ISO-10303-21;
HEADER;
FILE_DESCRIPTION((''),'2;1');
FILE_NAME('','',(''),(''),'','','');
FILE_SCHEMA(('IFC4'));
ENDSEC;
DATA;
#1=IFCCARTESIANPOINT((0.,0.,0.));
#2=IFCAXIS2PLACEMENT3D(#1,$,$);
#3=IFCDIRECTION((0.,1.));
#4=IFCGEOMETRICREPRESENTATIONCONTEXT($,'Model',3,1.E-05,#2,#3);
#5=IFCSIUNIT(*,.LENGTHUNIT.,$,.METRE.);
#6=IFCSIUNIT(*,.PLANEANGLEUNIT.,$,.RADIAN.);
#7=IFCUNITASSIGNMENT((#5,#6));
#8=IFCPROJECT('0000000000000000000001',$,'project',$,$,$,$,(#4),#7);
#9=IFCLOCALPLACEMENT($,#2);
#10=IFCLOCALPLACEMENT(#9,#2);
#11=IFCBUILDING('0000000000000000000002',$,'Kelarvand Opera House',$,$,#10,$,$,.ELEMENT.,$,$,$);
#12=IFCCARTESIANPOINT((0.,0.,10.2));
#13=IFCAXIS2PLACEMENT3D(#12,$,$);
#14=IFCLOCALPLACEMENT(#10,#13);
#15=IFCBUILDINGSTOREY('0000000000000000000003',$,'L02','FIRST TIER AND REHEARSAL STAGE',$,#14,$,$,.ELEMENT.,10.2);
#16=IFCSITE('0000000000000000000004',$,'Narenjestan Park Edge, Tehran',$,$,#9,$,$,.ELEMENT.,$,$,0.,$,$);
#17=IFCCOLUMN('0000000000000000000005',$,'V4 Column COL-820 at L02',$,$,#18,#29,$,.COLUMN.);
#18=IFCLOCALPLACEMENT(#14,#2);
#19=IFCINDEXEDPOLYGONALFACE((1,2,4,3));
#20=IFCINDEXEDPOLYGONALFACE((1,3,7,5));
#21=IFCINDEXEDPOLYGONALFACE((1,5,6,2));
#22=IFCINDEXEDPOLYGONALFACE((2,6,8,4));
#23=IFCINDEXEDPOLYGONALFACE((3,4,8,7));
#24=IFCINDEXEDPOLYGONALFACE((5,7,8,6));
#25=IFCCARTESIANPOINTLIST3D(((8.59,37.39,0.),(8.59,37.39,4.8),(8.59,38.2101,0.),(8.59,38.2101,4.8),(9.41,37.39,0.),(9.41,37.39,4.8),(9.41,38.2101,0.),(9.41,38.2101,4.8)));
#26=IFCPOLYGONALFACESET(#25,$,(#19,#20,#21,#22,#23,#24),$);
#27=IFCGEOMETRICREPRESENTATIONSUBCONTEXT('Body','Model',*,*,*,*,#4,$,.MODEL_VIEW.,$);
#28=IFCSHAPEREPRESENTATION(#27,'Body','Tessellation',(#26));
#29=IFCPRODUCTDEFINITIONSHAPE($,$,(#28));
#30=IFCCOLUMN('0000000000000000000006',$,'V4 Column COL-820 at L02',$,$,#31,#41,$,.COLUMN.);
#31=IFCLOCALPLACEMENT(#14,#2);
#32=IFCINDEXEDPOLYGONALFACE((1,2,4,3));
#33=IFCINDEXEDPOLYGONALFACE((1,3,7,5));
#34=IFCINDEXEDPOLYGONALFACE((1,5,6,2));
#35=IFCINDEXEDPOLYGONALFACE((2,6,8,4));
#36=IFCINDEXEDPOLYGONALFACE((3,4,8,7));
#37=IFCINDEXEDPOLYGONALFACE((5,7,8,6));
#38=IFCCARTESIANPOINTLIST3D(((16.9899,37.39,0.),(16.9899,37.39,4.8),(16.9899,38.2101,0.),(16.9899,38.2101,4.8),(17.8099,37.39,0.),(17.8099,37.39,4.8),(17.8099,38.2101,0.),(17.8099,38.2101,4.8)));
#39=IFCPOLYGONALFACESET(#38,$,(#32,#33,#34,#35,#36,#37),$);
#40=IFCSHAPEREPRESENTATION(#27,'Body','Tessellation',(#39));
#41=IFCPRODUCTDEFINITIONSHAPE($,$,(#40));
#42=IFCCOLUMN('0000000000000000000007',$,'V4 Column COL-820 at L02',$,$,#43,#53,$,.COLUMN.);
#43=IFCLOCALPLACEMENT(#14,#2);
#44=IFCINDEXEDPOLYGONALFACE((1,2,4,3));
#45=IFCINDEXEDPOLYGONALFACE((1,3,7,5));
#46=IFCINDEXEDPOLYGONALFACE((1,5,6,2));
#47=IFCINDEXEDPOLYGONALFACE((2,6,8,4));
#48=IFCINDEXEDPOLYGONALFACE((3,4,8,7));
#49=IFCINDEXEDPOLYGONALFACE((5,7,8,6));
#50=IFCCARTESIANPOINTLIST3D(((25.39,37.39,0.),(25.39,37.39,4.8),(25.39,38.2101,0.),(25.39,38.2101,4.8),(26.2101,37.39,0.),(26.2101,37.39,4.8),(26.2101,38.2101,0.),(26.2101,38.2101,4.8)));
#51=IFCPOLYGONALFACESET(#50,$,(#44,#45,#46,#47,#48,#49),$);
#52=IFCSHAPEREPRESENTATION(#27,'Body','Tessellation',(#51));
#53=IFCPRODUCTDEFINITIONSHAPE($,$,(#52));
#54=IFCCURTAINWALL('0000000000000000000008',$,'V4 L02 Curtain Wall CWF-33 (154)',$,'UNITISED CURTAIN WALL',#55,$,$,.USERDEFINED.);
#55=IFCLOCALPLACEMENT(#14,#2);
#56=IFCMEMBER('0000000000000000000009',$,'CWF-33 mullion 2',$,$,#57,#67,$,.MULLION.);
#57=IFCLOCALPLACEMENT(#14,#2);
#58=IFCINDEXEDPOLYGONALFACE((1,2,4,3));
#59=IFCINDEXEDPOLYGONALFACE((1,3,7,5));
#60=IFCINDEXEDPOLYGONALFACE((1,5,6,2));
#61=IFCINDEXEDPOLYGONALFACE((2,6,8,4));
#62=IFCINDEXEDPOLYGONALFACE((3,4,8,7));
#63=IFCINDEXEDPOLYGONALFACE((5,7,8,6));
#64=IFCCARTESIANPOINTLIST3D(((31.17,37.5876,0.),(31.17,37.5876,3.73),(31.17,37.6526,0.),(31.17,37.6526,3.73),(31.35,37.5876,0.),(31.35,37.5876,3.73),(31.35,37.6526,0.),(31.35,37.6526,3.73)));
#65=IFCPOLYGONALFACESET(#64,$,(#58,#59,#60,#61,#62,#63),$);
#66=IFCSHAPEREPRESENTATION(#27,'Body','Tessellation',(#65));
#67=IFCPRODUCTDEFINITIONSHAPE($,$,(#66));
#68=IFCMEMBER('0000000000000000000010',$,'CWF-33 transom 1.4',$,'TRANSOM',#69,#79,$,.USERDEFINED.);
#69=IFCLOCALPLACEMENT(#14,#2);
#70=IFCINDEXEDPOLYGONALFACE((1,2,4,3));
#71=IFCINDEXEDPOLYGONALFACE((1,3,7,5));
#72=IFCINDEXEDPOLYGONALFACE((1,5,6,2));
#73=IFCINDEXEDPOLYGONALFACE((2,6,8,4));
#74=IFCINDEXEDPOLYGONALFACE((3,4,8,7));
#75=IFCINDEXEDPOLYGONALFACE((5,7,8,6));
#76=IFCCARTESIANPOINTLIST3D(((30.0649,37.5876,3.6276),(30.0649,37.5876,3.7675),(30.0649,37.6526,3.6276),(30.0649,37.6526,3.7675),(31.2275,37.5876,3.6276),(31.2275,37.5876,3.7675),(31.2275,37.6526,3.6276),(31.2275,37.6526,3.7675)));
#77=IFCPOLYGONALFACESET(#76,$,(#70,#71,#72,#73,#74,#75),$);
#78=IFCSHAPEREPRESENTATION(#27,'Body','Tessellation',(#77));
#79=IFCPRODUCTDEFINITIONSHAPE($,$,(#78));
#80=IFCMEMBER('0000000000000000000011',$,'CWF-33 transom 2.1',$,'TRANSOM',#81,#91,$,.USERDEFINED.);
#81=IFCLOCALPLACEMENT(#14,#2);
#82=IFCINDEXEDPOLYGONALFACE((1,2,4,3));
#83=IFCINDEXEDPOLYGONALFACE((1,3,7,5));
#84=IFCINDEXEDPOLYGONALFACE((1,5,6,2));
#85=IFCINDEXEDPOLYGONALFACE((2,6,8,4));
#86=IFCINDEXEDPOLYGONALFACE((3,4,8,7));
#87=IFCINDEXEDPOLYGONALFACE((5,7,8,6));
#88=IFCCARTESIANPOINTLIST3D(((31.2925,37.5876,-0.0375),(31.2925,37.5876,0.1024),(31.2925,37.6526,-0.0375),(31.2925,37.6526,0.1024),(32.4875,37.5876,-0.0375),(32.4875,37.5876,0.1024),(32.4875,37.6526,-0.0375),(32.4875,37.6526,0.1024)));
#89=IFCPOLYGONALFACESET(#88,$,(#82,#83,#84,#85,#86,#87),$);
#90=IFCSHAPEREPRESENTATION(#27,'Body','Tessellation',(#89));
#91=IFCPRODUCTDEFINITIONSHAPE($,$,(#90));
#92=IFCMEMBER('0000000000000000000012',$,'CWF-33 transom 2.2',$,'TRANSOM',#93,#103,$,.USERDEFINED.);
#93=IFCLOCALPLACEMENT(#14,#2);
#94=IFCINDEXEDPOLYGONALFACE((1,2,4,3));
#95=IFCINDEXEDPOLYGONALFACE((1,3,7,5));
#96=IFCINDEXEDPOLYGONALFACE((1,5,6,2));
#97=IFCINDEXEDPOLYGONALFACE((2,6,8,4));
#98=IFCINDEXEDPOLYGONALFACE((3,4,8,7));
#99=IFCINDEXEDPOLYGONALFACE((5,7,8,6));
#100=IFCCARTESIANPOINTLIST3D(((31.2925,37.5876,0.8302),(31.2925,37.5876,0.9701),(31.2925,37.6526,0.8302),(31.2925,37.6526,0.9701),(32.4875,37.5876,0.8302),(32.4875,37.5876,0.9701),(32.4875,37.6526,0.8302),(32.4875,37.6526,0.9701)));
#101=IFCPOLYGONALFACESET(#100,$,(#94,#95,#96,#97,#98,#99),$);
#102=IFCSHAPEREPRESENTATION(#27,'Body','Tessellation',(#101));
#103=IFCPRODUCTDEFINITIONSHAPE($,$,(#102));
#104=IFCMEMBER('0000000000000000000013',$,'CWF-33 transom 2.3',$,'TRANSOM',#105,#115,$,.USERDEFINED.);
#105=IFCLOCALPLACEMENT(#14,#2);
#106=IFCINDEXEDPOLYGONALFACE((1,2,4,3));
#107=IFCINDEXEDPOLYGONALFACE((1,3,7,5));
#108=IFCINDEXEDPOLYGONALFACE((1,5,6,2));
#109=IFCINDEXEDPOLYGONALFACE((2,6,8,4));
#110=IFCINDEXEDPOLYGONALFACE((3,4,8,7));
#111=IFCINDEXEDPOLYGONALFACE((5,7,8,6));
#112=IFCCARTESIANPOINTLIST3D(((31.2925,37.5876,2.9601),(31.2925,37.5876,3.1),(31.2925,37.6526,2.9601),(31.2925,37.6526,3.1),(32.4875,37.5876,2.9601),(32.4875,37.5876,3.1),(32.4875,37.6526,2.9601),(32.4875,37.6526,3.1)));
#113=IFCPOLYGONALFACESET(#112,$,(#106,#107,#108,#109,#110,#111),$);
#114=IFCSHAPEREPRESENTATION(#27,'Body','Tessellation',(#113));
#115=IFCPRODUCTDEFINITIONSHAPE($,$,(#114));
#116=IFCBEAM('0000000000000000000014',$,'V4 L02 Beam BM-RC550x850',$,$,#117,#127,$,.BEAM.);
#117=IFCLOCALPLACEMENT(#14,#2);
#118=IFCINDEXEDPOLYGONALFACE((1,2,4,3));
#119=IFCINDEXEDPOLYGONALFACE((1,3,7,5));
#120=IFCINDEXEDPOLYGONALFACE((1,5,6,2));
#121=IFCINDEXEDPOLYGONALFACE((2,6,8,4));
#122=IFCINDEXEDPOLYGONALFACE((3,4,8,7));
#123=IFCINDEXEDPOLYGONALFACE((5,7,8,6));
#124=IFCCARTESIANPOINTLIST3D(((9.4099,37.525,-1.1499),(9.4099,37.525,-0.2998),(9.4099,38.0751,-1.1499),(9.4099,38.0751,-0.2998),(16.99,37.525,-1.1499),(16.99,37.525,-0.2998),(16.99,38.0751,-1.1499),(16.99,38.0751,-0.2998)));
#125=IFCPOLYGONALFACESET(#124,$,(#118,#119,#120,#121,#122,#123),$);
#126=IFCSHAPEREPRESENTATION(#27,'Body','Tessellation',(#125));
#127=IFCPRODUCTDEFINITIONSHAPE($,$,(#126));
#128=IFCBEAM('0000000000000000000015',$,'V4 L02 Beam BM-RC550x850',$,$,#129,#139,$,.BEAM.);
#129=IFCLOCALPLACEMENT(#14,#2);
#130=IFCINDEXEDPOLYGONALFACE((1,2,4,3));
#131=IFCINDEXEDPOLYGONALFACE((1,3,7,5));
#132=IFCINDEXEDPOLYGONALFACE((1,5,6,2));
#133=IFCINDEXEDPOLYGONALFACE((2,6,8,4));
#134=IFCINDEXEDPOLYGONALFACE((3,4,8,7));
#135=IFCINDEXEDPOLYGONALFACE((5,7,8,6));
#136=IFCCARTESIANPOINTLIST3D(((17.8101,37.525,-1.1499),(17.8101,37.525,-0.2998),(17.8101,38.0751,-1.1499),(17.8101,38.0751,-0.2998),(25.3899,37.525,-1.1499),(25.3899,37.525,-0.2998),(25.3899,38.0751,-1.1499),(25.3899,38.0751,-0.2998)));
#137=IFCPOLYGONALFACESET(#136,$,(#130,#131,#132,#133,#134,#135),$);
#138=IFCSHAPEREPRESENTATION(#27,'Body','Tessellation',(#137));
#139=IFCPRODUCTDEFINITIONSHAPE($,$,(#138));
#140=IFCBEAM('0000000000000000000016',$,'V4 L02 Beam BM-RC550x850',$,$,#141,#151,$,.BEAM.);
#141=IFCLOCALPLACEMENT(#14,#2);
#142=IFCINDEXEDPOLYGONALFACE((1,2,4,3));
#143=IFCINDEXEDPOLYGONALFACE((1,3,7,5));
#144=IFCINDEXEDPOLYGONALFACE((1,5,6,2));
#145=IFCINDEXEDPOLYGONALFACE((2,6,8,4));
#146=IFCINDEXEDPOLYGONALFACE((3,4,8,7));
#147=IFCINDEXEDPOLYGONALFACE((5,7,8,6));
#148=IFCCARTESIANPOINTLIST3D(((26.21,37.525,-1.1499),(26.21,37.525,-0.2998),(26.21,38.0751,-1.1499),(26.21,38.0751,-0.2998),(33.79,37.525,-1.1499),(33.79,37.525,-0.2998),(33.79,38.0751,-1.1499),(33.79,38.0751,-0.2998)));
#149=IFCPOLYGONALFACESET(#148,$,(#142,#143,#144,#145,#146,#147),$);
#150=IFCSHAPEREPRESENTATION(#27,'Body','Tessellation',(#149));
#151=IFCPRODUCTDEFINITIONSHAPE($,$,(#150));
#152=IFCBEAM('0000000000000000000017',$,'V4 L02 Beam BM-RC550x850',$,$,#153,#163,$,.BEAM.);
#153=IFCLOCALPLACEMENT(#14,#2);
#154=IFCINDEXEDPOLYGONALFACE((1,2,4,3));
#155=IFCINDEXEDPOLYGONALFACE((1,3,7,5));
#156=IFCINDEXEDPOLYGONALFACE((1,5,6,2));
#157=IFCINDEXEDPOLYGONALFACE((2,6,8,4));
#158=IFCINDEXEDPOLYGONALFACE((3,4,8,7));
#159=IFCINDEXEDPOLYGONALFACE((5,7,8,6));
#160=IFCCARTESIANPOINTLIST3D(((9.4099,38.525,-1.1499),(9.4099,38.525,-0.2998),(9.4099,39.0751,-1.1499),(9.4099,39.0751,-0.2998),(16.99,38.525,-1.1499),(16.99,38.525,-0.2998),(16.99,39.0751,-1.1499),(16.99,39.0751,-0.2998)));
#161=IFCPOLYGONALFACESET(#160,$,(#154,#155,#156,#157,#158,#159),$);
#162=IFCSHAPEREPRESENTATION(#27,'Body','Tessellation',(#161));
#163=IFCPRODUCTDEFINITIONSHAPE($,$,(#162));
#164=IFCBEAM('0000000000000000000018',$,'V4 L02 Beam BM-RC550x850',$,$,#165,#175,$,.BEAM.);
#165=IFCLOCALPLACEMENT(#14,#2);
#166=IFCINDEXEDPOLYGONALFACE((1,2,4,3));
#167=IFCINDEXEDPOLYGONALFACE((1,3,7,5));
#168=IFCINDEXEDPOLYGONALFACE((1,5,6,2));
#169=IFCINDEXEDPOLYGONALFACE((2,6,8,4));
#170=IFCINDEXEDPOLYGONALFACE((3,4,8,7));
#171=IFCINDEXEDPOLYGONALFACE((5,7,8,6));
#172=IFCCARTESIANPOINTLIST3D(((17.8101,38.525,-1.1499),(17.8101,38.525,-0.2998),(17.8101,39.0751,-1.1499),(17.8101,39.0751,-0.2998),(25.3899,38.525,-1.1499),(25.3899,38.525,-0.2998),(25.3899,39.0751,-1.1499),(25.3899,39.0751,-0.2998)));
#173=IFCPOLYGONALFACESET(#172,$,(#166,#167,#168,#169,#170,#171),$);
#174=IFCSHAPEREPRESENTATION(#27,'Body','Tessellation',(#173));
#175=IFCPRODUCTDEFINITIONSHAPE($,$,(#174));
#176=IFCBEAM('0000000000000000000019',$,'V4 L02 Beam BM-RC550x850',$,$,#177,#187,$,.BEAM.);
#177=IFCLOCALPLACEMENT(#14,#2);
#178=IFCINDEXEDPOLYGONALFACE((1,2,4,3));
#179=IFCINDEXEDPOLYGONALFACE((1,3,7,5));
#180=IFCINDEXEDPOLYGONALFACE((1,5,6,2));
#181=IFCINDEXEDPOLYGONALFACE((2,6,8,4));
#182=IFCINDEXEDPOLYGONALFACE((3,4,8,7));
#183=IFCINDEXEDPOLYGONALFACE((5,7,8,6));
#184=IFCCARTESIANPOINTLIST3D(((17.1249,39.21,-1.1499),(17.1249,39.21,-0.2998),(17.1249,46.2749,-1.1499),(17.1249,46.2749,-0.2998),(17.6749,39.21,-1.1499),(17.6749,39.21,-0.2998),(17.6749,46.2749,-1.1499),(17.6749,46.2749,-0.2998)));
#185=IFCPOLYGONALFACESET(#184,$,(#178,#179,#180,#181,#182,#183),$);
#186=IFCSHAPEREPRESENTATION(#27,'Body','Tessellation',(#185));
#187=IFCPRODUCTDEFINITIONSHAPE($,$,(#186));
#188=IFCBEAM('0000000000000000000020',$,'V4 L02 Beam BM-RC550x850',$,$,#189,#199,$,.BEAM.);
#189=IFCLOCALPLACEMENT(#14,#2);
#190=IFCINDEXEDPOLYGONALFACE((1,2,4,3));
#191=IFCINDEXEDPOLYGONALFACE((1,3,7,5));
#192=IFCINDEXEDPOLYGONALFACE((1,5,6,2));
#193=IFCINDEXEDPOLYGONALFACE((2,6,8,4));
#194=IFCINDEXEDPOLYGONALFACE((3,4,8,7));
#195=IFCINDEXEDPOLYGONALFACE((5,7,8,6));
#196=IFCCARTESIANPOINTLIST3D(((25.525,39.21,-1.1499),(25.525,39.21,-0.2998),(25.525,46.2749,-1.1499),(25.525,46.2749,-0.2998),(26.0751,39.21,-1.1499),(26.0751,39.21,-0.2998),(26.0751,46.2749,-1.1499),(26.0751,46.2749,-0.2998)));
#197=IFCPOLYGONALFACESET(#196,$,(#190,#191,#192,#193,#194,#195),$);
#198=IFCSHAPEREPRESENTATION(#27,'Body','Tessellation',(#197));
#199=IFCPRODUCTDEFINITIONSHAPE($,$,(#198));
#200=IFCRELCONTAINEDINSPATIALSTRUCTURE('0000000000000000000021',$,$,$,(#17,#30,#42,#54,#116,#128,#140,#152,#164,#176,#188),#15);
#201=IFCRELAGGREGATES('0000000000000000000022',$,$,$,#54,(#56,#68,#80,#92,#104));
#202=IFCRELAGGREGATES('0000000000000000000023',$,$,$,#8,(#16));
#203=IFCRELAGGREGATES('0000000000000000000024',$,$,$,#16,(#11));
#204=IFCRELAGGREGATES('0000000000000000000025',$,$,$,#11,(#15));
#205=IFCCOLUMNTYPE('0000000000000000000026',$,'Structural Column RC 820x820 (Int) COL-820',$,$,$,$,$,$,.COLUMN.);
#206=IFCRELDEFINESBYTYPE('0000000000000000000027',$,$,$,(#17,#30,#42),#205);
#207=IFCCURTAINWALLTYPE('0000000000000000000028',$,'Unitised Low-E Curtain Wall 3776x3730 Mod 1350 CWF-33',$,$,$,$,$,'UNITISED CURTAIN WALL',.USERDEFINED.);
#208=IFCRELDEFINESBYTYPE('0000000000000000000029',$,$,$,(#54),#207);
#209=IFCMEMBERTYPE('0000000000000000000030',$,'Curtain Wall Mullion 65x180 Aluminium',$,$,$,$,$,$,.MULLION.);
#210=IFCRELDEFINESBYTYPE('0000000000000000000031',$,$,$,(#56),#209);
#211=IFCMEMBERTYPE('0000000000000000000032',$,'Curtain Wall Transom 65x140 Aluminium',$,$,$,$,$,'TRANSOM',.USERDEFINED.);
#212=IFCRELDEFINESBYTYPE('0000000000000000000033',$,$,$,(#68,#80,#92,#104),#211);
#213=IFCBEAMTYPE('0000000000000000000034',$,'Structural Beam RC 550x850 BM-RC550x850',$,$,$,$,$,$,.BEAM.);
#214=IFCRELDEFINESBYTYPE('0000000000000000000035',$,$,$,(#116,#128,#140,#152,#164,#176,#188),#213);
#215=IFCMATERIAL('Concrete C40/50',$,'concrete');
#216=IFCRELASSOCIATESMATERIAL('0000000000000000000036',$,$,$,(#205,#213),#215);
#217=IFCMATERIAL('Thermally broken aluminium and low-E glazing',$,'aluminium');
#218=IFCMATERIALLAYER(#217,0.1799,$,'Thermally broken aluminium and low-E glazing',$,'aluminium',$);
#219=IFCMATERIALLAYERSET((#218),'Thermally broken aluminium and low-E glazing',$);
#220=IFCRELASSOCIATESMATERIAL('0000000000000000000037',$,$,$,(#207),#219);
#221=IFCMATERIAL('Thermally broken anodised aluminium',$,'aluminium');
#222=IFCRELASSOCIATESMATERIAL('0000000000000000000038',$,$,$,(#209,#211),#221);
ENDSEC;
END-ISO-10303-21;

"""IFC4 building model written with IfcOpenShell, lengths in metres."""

from ifc_helpers import new_model, si_unit, direction, frame, origin, origin_2d, place, context, subcontext, project, spatial, rectangle, extrude, material, layer, layer_set, material_profile, profile_set, type_object, element, aggregate, save


model = new_model("IFC4")

# Units and contexts
model_context = context("Model", 3, precision=1e-05, world=origin(), true_north=direction((0.0, 1.0)))
body_context = subcontext(model_context, "Body", "Model", "MODEL_VIEW")
ifc_project = project(units=[si_unit("LENGTHUNIT", "METRE"), si_unit("PLANEANGLEUNIT", "RADIAN")], contexts=[model_context])

# Site, building, storey
site_placement = place(None, origin())
site = spatial("IfcSite", under=ifc_project, at=site_placement, Name="Narenjestan Park Edge, Tehran", CompositionType="ELEMENT", RefElevation=0.0)
building_placement = place(site_placement, origin())
building = spatial("IfcBuilding", under=site, at=building_placement, Name="Kelarvand Opera House", CompositionType="ELEMENT")
storey_placement = place(building_placement, frame((0.0, 0.0, 10.2)))
storey = spatial("IfcBuildingStorey", under=building, at=storey_placement, Name="L02", Description="FIRST TIER AND REHEARSAL STAGE", CompositionType="ELEMENT", Elevation=10.2)

# Columns
ifc_material_1 = material(Name="Concrete C40/50", Category="concrete")
ifc_material_profile_1 = material_profile(ifc_material_1, rectangle(XDim=0.8201, YDim=0.8201, at=origin_2d()), Name="RC 820x820", Category="concrete")
ifc_profile_set_1 = profile_set([ifc_material_profile_1], Name="Concrete C40/50")
column_type = type_object("IfcColumnType", Name="Structural Column RC 820x820 (Int) COL-820", PredefinedType="COLUMN", material=ifc_profile_set_1)
for number, where, z_axis, x_axis, name in (
    (1, (9.0, 37.8, 0.0), (0.0, 0.0, 1.0), (1.0, 0.0, 0.0), "V4 Column COL-820 at L02"),
    (2, (17.3999, 37.8, 0.0), (0.0, 0.0, 1.0), (1.0, 0.0, 0.0), "V4 Column COL-820 at L02"),
    (3, (25.8, 37.8, 0.0), (0.0, 0.0, 1.0), (1.0, 0.0, 0.0), "V4 Column COL-820 at L02"),
):
    element("IfcColumn", number, at=place(storey_placement, frame(where, z_axis=z_axis, x_axis=x_axis)), inside=storey, type_object=column_type, Name=name, PredefinedType="COLUMN", context=body_context, shape_type="SweptSolid", body=[
        extrude(rectangle(XDim=0.8201, YDim=0.8201, at=origin_2d()), origin(), (0.0, 0.0, 1.0), 4.8),
    ])

# Curtain wall, members
ifc_material_2 = material(Name="Thermally broken aluminium and low-E glazing", Category="aluminium")
ifc_layer_1 = layer(ifc_material_2, 0.1799, Name="Thermally broken aluminium and low-E glazing", Category="aluminium")
ifc_layer_set_1 = layer_set([ifc_layer_1], Name="Thermally broken aluminium and low-E glazing")
curtain_wall_type = type_object("IfcCurtainWallType", Name="Unitised Low-E Curtain Wall 3776x3730 Mod 1350 CWF-33", ElementType="UNITISED CURTAIN WALL", PredefinedType="USERDEFINED", material=ifc_layer_set_1)
curtain_wall_placement = place(storey_placement, origin())
curtain_wall = element("IfcCurtainWall", 4, at=curtain_wall_placement, inside=storey, type_object=curtain_wall_type, Name="V4 L02 Curtain Wall CWF-33 (154)", ObjectType="UNITISED CURTAIN WALL", PredefinedType="USERDEFINED")
ifc_material_3 = material(Name="Thermally broken anodised aluminium", Category="aluminium")
ifc_material_profile_2 = material_profile(ifc_material_3, rectangle(XDim=0.0649, YDim=0.1799, at=origin_2d()), Name="ALU MULLION 65x180", Category="aluminium")
ifc_profile_set_2 = profile_set([ifc_material_profile_2], Name="Thermally broken anodised aluminium")
member_type_1 = type_object("IfcMemberType", Name="Curtain Wall Mullion 65x180 Aluminium", PredefinedType="MULLION", material=ifc_profile_set_2)
member_1_placement = place(storey_placement, frame((31.26, 37.6201, 0.0), z_axis=(0.0, 0.0, 1.0), x_axis=(0.0, 1.0, 0.0)))
member_1 = element("IfcMember", 5, at=member_1_placement, type_object=member_type_1, Name="CWF-33 mullion 2", PredefinedType="MULLION", context=body_context, shape_type="SweptSolid", body=[
    extrude(rectangle(XDim=0.0649, YDim=0.1799, at=origin_2d()), origin(), (0.0, 0.0, 1.0), 3.73),
])
ifc_material_profile_3 = material_profile(ifc_material_3, rectangle(XDim=0.0649, YDim=0.1399, at=origin_2d()), Name="ALU TRANSOM 65x140", Category="aluminium")
ifc_profile_set_3 = profile_set([ifc_material_profile_3], Name="Thermally broken anodised aluminium")
member_type_2 = type_object("IfcMemberType", Name="Curtain Wall Transom 65x140 Aluminium", ElementType="TRANSOM", PredefinedType="USERDEFINED", material=ifc_profile_set_3)
member_2_placement = place(storey_placement, frame((30.0649, 37.6201, 3.6975), z_axis=(1.0, 0.0, 0.0), x_axis=(0.0, 1.0, 0.0)))
member_2 = element("IfcMember", 6, at=member_2_placement, type_object=member_type_2, Name="CWF-33 transom 1.4", ObjectType="TRANSOM", PredefinedType="USERDEFINED", context=body_context, shape_type="SweptSolid", body=[
    extrude(rectangle(XDim=0.0649, YDim=0.1399, at=origin_2d()), origin(), (0.0, 0.0, 1.0), 1.1626),
])
member_3_placement = place(storey_placement, frame((31.2925, 37.6201, 0.0325), z_axis=(1.0, 0.0, 0.0), x_axis=(0.0, 1.0, 0.0)))
member_3 = element("IfcMember", 7, at=member_3_placement, type_object=member_type_2, Name="CWF-33 transom 2.1", ObjectType="TRANSOM", PredefinedType="USERDEFINED", context=body_context, shape_type="SweptSolid", body=[
    extrude(rectangle(XDim=0.0649, YDim=0.1399, at=origin_2d()), origin(), (0.0, 0.0, 1.0), 1.1951),
])
member_4_placement = place(storey_placement, frame((31.2925, 37.6201, 0.9001), z_axis=(1.0, 0.0, 0.0), x_axis=(0.0, 1.0, 0.0)))
member_4 = element("IfcMember", 8, at=member_4_placement, type_object=member_type_2, Name="CWF-33 transom 2.2", ObjectType="TRANSOM", PredefinedType="USERDEFINED", context=body_context, shape_type="SweptSolid", body=[
    extrude(rectangle(XDim=0.0649, YDim=0.1399, at=origin_2d()), origin(), (0.0, 0.0, 1.0), 1.1951),
])
member_5_placement = place(storey_placement, frame((31.2925, 37.6201, 3.03), z_axis=(1.0, 0.0, 0.0), x_axis=(0.0, 1.0, 0.0)))
member_5 = element("IfcMember", 9, at=member_5_placement, type_object=member_type_2, Name="CWF-33 transom 2.3", ObjectType="TRANSOM", PredefinedType="USERDEFINED", context=body_context, shape_type="SweptSolid", body=[
    extrude(rectangle(XDim=0.0649, YDim=0.1399, at=origin_2d()), origin(), (0.0, 0.0, 1.0), 1.1951),
])

# Beams
ifc_material_profile_4 = material_profile(ifc_material_1, rectangle(XDim=0.55, YDim=0.8501, at=origin_2d()), Name="RC 550x850", Category="concrete")
ifc_profile_set_4 = profile_set([ifc_material_profile_4], Name="Concrete C40/50")
beam_type_1 = type_object("IfcBeamType", Name="Structural Beam RC 550x850 BM-RC550x850", PredefinedType="BEAM", material=ifc_profile_set_4)
beam_1_placement = place(storey_placement, frame((9.4099, 37.8, -0.7249), z_axis=(1.0, 0.0, 0.0), x_axis=(0.0, 1.0, 0.0)))
element("IfcBeam", 10, at=beam_1_placement, inside=storey, type_object=beam_type_1, Name="V4 L02 Beam BM-RC550x850", PredefinedType="BEAM", context=body_context, shape_type="SweptSolid", body=[
    extrude(rectangle(XDim=0.55, YDim=0.8501, at=origin_2d()), origin(), (0.0, 0.0, 1.0), 7.5801),
])
beam_2_placement = place(storey_placement, frame((17.8101, 37.8, -0.7249), z_axis=(1.0, 0.0, 0.0), x_axis=(0.0, 1.0, 0.0)))
element("IfcBeam", 11, at=beam_2_placement, inside=storey, type_object=beam_type_1, Name="V4 L02 Beam BM-RC550x850", PredefinedType="BEAM", context=body_context, shape_type="SweptSolid", body=[
    extrude(rectangle(XDim=0.55, YDim=0.8501, at=origin_2d()), origin(), (0.0, 0.0, 1.0), 7.5798),
])
for number, where, z_axis, x_axis, name in (
    (12, (26.21, 37.8, -0.7249), (1.0, 0.0, 0.0), (0.0, 1.0, 0.0), "V4 L02 Beam BM-RC550x850"),
    (13, (9.4099, 38.8, -0.7249), (1.0, 0.0, 0.0), (0.0, 1.0, 0.0), "V4 L02 Beam BM-RC550x850"),
):
    element("IfcBeam", number, at=place(storey_placement, frame(where, z_axis=z_axis, x_axis=x_axis)), inside=storey, type_object=beam_type_1, Name=name, PredefinedType="BEAM", context=body_context, shape_type="SweptSolid", body=[
        extrude(rectangle(XDim=0.55, YDim=0.8501, at=origin_2d()), origin(), (0.0, 0.0, 1.0), 7.5801),
    ])
beam_3_placement = place(storey_placement, frame((17.8101, 38.8, -0.7249), z_axis=(1.0, 0.0, 0.0), x_axis=(0.0, 1.0, 0.0)))
element("IfcBeam", 14, at=beam_3_placement, inside=storey, type_object=beam_type_1, Name="V4 L02 Beam BM-RC550x850", PredefinedType="BEAM", context=body_context, shape_type="SweptSolid", body=[
    extrude(rectangle(XDim=0.55, YDim=0.8501, at=origin_2d()), origin(), (0.0, 0.0, 1.0), 7.5798),
])
for number, where, z_axis, x_axis, name in (
    (15, (17.3999, 39.21, -0.7249), (0.0, 1.0, 0.0), (-1.0, 0.0, 0.0), "V4 L02 Beam BM-RC550x850"),
    (16, (25.8, 39.21, -0.7249), (0.0, 1.0, 0.0), (-1.0, 0.0, 0.0), "V4 L02 Beam BM-RC550x850"),
):
    element("IfcBeam", number, at=place(storey_placement, frame(where, z_axis=z_axis, x_axis=x_axis)), inside=storey, type_object=beam_type_1, Name=name, PredefinedType="BEAM", context=body_context, shape_type="SweptSolid", body=[
        extrude(rectangle(XDim=0.55, YDim=0.8501, at=origin_2d()), origin(), (0.0, 0.0, 1.0), 7.0649),
    ])

aggregate(curtain_wall, [member_1, member_2, member_3, member_4, member_5])

save(model, "model.ifc")
